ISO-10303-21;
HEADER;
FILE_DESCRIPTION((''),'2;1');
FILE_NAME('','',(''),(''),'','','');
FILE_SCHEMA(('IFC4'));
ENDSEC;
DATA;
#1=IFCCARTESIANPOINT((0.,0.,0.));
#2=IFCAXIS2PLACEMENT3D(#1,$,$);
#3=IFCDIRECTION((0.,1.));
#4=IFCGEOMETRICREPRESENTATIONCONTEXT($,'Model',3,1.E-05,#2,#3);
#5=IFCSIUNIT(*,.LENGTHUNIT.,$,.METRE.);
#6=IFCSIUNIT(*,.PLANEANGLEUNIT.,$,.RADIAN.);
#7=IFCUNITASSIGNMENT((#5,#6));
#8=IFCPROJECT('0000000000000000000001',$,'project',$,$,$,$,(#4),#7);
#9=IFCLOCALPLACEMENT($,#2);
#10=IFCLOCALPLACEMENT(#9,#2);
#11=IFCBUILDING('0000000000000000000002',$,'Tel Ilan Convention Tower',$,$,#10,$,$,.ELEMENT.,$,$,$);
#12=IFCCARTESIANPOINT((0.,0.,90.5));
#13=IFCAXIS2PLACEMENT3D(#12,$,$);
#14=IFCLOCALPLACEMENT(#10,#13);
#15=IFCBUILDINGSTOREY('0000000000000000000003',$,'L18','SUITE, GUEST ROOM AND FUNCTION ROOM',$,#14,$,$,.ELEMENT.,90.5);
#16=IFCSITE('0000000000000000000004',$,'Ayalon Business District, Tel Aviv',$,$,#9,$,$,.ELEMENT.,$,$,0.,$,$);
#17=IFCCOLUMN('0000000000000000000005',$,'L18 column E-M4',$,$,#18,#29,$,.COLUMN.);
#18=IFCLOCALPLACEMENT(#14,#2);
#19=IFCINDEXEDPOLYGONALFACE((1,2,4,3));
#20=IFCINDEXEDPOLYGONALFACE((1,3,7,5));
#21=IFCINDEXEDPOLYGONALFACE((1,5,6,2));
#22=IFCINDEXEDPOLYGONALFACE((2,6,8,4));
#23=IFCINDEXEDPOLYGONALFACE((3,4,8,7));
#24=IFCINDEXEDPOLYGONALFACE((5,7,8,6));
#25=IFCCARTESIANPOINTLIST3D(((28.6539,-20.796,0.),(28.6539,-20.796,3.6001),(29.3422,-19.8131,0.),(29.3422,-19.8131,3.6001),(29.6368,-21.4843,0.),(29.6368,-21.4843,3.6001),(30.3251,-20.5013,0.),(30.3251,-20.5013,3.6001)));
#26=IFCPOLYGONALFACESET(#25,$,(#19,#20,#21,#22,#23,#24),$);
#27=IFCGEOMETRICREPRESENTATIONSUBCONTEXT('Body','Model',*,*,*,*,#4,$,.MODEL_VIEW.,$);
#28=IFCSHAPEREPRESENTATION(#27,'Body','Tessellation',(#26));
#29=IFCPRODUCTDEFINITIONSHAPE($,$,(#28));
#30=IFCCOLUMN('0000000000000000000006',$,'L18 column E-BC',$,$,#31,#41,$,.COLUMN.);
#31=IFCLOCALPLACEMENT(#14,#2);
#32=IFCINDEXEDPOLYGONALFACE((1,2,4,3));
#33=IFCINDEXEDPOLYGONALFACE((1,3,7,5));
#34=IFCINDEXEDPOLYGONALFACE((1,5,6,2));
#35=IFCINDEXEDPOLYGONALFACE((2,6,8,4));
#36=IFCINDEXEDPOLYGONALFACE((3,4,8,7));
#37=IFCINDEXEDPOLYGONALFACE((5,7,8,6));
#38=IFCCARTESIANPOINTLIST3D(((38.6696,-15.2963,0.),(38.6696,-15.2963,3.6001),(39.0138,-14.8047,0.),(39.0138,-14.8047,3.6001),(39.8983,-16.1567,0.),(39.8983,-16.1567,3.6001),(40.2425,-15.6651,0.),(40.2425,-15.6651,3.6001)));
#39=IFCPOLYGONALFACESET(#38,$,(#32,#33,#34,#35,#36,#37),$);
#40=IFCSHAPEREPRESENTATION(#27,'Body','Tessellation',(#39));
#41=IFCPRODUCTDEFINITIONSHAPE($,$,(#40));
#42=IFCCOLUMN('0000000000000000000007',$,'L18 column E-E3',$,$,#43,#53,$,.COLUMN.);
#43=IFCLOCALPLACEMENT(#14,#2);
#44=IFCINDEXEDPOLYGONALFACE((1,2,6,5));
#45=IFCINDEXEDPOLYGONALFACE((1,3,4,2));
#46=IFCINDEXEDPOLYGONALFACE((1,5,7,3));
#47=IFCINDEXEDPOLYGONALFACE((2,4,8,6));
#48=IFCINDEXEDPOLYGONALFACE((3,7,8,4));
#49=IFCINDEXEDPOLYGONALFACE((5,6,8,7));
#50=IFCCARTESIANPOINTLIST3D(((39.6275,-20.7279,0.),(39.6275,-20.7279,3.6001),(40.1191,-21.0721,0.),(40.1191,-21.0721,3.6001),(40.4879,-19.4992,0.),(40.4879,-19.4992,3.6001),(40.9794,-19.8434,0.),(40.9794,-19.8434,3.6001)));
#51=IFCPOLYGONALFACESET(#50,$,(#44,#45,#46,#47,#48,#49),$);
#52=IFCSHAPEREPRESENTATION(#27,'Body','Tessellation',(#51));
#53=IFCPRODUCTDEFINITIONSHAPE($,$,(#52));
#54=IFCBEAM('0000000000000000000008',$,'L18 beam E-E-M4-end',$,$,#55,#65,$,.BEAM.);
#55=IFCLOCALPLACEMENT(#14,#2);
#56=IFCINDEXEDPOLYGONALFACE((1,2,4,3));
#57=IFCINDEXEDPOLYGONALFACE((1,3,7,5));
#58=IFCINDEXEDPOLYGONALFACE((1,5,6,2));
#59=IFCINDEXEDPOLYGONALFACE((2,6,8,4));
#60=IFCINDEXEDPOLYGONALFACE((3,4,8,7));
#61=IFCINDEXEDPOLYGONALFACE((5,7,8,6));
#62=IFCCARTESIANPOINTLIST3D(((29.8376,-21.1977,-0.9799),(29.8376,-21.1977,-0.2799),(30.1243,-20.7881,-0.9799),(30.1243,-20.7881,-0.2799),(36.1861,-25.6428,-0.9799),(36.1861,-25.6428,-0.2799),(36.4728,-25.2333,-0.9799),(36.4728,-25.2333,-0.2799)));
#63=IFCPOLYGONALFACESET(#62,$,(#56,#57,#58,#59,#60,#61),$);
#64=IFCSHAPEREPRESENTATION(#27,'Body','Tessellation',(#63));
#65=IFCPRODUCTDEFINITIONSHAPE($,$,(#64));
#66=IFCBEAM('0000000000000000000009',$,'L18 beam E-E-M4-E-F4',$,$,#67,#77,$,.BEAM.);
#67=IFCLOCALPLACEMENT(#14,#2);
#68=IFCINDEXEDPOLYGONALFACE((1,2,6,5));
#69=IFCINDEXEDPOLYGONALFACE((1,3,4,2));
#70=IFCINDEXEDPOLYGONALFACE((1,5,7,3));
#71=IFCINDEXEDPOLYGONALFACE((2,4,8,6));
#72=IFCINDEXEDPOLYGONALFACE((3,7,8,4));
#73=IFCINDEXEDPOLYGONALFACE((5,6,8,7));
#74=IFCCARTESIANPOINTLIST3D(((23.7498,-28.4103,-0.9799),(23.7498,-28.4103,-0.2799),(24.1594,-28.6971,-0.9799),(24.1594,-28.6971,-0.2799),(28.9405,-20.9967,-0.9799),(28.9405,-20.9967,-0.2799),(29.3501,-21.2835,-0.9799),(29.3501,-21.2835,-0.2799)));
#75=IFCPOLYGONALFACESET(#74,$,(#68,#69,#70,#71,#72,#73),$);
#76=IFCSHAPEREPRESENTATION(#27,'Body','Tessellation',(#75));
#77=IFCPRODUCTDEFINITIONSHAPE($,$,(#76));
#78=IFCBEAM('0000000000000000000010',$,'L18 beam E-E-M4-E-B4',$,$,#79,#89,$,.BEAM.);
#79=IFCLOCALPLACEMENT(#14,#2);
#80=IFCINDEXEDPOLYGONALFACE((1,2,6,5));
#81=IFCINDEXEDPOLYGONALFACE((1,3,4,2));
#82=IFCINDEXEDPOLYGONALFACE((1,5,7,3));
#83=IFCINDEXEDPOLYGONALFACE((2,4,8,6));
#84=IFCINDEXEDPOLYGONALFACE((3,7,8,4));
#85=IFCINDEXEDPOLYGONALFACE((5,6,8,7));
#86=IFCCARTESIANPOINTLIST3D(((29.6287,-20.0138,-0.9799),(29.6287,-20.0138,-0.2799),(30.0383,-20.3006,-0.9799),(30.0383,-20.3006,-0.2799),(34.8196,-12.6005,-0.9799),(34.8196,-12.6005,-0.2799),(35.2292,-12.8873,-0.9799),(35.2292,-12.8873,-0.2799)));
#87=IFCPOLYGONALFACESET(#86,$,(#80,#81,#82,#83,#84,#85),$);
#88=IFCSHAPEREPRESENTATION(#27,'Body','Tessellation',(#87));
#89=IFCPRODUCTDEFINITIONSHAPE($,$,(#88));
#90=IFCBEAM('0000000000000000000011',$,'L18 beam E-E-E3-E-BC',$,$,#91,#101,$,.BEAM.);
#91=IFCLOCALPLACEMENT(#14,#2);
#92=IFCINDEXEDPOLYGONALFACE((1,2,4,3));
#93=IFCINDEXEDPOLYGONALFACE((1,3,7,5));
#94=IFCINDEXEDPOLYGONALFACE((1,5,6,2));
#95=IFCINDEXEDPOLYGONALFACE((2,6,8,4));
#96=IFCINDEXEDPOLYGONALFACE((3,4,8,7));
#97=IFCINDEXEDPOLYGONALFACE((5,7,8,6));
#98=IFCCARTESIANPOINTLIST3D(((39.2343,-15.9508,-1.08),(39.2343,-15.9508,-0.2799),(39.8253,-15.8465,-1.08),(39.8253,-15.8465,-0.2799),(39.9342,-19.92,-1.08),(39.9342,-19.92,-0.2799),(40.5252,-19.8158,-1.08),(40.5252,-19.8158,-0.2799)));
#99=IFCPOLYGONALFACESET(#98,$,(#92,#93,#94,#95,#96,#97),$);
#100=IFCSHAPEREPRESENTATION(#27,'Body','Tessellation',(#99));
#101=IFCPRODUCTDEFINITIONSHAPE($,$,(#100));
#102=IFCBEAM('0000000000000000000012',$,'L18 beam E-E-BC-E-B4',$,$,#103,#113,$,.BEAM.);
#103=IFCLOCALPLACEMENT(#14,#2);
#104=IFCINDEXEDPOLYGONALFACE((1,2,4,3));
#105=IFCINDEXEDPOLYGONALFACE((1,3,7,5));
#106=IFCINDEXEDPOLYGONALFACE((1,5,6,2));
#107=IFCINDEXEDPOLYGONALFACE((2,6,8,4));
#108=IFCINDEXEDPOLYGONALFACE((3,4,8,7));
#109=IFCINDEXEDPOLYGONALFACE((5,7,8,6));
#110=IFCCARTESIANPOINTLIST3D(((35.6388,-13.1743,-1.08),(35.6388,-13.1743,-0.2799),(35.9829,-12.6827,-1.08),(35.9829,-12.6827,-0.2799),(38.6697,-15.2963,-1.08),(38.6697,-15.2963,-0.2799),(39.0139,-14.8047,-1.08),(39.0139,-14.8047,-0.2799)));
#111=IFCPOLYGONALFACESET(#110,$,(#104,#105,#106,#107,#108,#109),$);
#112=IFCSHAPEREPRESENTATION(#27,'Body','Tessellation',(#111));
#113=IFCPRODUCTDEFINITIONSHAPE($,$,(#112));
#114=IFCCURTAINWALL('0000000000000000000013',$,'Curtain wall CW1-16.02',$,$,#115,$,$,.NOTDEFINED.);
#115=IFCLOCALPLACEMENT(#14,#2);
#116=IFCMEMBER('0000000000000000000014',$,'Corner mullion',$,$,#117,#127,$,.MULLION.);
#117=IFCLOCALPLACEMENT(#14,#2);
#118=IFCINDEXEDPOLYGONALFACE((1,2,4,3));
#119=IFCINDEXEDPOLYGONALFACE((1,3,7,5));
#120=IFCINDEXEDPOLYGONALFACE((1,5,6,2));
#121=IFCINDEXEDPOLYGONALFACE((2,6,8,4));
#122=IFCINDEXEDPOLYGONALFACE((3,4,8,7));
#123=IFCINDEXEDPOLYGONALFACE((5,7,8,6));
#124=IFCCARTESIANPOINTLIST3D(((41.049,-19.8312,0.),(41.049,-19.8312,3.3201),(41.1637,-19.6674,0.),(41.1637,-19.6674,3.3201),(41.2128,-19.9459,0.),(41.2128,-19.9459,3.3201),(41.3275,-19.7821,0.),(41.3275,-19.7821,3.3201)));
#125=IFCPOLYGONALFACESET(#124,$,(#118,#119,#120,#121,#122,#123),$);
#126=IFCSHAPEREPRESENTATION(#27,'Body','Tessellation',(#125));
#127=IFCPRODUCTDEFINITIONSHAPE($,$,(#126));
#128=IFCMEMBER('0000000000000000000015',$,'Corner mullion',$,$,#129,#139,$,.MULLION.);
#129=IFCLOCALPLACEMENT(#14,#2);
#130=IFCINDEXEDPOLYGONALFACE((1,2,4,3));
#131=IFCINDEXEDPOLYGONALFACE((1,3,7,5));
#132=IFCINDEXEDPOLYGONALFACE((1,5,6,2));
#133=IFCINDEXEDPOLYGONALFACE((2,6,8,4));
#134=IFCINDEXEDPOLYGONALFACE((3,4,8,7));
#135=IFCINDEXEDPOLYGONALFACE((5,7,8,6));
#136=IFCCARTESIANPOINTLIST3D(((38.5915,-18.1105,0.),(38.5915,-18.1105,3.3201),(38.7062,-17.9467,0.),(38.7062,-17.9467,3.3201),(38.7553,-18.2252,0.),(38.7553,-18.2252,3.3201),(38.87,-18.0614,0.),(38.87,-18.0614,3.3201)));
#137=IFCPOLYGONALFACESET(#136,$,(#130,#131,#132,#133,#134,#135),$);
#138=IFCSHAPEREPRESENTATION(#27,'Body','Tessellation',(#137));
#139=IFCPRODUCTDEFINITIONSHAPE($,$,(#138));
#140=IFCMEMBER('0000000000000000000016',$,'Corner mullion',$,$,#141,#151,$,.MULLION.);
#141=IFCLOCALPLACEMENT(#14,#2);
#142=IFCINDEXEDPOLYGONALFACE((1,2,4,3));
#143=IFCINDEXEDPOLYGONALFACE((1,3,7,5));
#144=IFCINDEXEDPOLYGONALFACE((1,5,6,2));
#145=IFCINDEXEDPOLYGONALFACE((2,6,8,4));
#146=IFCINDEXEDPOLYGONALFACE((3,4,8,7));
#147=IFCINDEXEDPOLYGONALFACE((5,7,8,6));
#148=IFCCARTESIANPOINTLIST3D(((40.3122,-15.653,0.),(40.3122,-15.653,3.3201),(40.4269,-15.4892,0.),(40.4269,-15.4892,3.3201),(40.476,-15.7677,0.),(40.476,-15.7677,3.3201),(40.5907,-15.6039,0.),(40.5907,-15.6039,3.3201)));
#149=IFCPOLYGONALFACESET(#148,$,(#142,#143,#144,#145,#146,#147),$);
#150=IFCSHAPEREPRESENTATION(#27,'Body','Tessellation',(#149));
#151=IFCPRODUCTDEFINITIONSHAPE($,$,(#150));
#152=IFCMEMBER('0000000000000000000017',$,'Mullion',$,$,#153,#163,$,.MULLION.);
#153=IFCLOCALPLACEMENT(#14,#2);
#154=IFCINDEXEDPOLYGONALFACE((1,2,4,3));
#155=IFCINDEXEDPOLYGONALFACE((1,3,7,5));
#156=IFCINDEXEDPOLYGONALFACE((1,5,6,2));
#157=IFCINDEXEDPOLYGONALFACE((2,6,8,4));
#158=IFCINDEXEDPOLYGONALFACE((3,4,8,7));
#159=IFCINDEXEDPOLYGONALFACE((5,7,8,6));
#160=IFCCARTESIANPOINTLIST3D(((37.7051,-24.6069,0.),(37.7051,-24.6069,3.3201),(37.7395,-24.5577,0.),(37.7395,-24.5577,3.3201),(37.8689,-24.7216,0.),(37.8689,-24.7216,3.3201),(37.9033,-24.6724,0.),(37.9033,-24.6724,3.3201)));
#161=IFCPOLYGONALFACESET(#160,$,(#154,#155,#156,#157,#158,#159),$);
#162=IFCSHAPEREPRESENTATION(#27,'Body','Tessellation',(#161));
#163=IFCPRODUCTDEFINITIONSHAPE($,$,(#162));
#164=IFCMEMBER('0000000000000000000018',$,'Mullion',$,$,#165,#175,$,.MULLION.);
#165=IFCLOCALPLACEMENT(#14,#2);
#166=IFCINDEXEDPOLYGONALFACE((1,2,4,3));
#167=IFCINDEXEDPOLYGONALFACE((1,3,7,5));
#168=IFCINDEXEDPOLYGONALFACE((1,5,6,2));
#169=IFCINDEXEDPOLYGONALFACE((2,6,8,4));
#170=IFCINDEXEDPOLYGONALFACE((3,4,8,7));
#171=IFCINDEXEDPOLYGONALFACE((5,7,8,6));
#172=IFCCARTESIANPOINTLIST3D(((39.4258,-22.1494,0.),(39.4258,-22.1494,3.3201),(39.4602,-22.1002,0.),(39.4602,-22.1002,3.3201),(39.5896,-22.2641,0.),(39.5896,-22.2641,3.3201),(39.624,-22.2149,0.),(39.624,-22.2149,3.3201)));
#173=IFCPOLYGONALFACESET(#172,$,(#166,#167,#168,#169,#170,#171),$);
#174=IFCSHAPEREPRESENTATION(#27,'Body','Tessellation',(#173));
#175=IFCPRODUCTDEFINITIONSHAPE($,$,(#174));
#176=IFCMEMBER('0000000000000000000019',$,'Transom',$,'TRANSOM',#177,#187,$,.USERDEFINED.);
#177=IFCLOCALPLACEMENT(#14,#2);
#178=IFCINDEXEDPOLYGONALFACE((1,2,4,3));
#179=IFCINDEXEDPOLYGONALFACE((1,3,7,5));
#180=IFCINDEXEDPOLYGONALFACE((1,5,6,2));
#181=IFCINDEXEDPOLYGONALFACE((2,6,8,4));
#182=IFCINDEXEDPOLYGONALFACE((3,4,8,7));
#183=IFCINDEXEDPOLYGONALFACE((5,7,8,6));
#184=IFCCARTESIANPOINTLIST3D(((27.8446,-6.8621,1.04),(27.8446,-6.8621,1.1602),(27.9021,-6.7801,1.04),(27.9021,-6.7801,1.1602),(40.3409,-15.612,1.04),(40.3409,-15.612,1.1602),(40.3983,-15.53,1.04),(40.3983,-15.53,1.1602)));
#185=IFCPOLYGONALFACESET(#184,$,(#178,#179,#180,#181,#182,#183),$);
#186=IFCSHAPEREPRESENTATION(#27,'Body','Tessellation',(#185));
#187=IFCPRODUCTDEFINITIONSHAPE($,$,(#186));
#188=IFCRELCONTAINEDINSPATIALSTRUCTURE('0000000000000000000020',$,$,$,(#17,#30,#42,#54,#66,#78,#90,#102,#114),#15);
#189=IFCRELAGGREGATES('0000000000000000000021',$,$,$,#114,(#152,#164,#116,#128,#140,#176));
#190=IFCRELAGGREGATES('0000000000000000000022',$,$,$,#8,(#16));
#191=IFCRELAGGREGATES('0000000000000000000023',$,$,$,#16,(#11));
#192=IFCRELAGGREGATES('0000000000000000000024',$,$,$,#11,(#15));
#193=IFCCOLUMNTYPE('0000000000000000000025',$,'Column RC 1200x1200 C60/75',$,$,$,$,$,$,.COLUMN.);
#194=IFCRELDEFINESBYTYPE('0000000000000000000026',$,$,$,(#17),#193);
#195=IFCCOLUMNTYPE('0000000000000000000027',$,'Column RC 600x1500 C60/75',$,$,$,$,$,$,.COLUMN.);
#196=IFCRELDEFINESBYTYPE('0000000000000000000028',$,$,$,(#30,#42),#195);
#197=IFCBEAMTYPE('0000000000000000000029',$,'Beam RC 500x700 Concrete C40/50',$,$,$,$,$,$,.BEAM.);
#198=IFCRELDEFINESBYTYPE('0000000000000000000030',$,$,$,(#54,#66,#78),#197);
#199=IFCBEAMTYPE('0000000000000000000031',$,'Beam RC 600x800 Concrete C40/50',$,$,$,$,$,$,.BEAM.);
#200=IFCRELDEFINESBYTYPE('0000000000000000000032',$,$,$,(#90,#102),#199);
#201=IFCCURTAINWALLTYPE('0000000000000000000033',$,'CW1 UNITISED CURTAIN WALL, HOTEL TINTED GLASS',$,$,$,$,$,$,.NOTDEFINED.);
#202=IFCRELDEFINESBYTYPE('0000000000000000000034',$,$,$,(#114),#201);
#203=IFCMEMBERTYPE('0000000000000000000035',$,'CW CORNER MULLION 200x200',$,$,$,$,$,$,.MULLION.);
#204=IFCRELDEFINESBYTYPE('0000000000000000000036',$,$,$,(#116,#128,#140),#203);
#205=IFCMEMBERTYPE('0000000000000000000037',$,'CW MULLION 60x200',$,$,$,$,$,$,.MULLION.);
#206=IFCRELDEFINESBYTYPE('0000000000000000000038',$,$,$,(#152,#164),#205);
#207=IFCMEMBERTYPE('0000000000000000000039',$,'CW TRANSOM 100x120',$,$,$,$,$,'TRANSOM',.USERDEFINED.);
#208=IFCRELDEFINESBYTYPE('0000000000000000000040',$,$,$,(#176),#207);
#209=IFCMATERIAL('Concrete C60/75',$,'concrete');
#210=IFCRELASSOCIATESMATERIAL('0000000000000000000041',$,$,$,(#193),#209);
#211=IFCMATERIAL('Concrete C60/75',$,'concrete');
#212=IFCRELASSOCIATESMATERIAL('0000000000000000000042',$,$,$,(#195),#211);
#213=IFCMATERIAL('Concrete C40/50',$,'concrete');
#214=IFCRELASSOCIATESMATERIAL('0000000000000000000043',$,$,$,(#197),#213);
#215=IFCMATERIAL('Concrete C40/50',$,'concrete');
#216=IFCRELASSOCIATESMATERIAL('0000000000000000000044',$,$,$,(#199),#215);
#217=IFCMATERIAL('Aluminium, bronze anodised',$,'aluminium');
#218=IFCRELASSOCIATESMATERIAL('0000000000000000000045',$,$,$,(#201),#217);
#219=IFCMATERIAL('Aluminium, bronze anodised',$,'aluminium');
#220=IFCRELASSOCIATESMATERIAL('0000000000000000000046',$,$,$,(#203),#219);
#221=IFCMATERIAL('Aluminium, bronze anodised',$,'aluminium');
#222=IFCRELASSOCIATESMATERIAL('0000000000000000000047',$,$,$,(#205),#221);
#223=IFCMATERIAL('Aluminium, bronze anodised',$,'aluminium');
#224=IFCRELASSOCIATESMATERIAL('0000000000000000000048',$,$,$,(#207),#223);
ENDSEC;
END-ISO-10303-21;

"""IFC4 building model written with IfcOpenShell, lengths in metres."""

from ifc_helpers import new_model, si_unit, direction, frame, origin, origin_2d, place, context, subcontext, project, spatial, rectangle, extrude, material, material_profile, profile_set, type_object, element, aggregate, save


model = new_model("IFC4")

# Units and contexts
model_context = context("Model", 3, precision=1e-05, world=origin(), true_north=direction((0.0, 1.0)))
body_context = subcontext(model_context, "Body", "Model", "MODEL_VIEW")
ifc_project = project(units=[si_unit("LENGTHUNIT", "METRE"), si_unit("PLANEANGLEUNIT", "RADIAN")], contexts=[model_context])

# Site, building, storey
site_placement = place(None, origin())
site = spatial("IfcSite", under=ifc_project, at=site_placement, Name="Ayalon Business District, Tel Aviv", CompositionType="ELEMENT", RefElevation=0.0)
building_placement = place(site_placement, origin())
building = spatial("IfcBuilding", under=site, at=building_placement, Name="Tel Ilan Convention Tower", CompositionType="ELEMENT")
storey_placement = place(building_placement, frame((0.0, 0.0, 90.5)))
storey = spatial("IfcBuildingStorey", under=building, at=storey_placement, Name="L18", Description="SUITE, GUEST ROOM AND FUNCTION ROOM", CompositionType="ELEMENT", Elevation=90.5)

# Columns
ifc_material_1 = material(Name="Concrete C60/75", Category="concrete")
ifc_material_profile_1 = material_profile(ifc_material_1, rectangle(XDim=1.2, YDim=1.2, at=origin_2d()), Name="RC 1200x1200")
ifc_profile_set_1 = profile_set([ifc_material_profile_1], Name="Concrete C60/75")
column_type_1 = type_object("IfcColumnType", Name="Column RC 1200x1200 C60/75", PredefinedType="COLUMN", material=ifc_profile_set_1)
column_placement = place(storey_placement, frame((29.4895, -20.6487, 0.0), z_axis=(0.0, 0.0, 1.0), x_axis=(0.819152, -0.573576, 0.0)))
element("IfcColumn", 1, at=column_placement, inside=storey, type_object=column_type_1, Name="L18 column E-M4", PredefinedType="COLUMN", context=body_context, shape_type="SweptSolid", body=[
    extrude(rectangle(XDim=1.2, YDim=1.2, at=origin_2d()), origin(), (0.0, 0.0, 1.0), 3.6001),
])
ifc_material_2 = material(Name="Concrete C60/75", Category="concrete")
ifc_material_profile_2 = material_profile(ifc_material_2, rectangle(XDim=1.5, YDim=0.6001, at=origin_2d()), Name="RC 600x1500")
ifc_profile_set_2 = profile_set([ifc_material_profile_2], Name="Concrete C60/75")
column_type_2 = type_object("IfcColumnType", Name="Column RC 600x1500 C60/75", PredefinedType="COLUMN", material=ifc_profile_set_2)
for number, where, z_axis, x_axis, name in (
    (2, (39.4561, -15.4807, 0.0), (0.0, 0.0, 1.0), (0.819152, -0.573576, 0.0), "L18 column E-BC"),
    (3, (40.3035, -20.2856, 0.0), (0.0, 0.0, 1.0), (0.573576, 0.819152, 0.0), "L18 column E-E3"),
):
    element("IfcColumn", number, at=place(storey_placement, frame(where, z_axis=z_axis, x_axis=x_axis)), inside=storey, type_object=column_type_2, Name=name, PredefinedType="COLUMN", context=body_context, shape_type="SweptSolid", body=[
        extrude(rectangle(XDim=1.5, YDim=0.6001, at=origin_2d()), origin(), (0.0, 0.0, 1.0), 3.6001),
    ])

# Beams
ifc_material_3 = material(Name="Concrete C40/50", Category="concrete")
ifc_material_profile_3 = material_profile(ifc_material_3, rectangle(XDim=0.5, YDim=0.7, at=origin_2d()), Name="RC 500x700")
ifc_profile_set_3 = profile_set([ifc_material_profile_3], Name="Concrete C40/50")
beam_type_1 = type_object("IfcBeamType", Name="Beam RC 500x700 Concrete C40/50", PredefinedType="BEAM", material=ifc_profile_set_3)
beam_1_placement = place(storey_placement, frame((29.981, -20.9929, -0.6299), z_axis=(0.819159, -0.573566, 0.0), x_axis=(0.573566, 0.819159, 0.0)))
element("IfcBeam", 4, at=beam_1_placement, inside=storey, type_object=beam_type_1, Name="L18 beam E-E-M4-end", PredefinedType="BEAM", context=body_context, shape_type="SweptSolid", body=[
    extrude(rectangle(XDim=0.5, YDim=0.7, at=origin_2d()), origin(), (0.0, 0.0, 1.0), 7.75),
])
for number, where, z_axis, x_axis, name in (
    (5, (29.1453, -21.1401, -0.6299), (-0.573549, -0.819171, 0.0), (0.819171, -0.573549, 0.0), "L18 beam E-E-M4-E-F4"),
    (6, (29.8335, -20.1572, -0.6299), (0.57358, 0.81915, 0.0), (-0.81915, 0.57358, 0.0), "L18 beam E-E-M4-E-B4"),
):
    element("IfcBeam", number, at=place(storey_placement, frame(where, z_axis=z_axis, x_axis=x_axis)), inside=storey, type_object=beam_type_1, Name=name, PredefinedType="BEAM", context=body_context, shape_type="SweptSolid", body=[
        extrude(rectangle(XDim=0.5, YDim=0.7, at=origin_2d()), origin(), (0.0, 0.0, 1.0), 9.05),
    ])
ifc_material_4 = material(Name="Concrete C40/50", Category="concrete")
ifc_material_profile_4 = material_profile(ifc_material_4, rectangle(XDim=0.6001, YDim=0.8, at=origin_2d()), Name="RC 600x800")
ifc_profile_set_4 = profile_set([ifc_material_profile_4], Name="Concrete C40/50")
beam_type_2 = type_object("IfcBeamType", Name="Beam RC 600x800 Concrete C40/50", PredefinedType="BEAM", material=ifc_profile_set_4)
beam_2_placement = place(storey_placement, frame((40.2297, -19.8679, -0.6799), z_axis=(-0.173664, 0.984805, 0.0), x_axis=(-0.984805, -0.173664, 0.0)))
element("IfcBeam", 7, at=beam_2_placement, inside=storey, type_object=beam_type_2, Name="L18 beam E-E-E3-E-BC", PredefinedType="BEAM", context=body_context, shape_type="SweptSolid", body=[
    extrude(rectangle(XDim=0.6001, YDim=0.8, at=origin_2d()), origin(), (0.0, 0.0, 1.0), 4.0305),
])
beam_3_placement = place(storey_placement, frame((38.8418, -15.0505, -0.6799), z_axis=(-0.819185, 0.573529, 0.0), x_axis=(-0.573529, -0.819185, 0.0)))
element("IfcBeam", 8, at=beam_3_placement, inside=storey, type_object=beam_type_2, Name="L18 beam E-E-BC-E-B4", PredefinedType="BEAM", context=body_context, shape_type="SweptSolid", body=[
    extrude(rectangle(XDim=0.6001, YDim=0.8, at=origin_2d()), origin(), (0.0, 0.0, 1.0), 3.7),
])

# Curtain wall, members
ifc_material_5 = material(Name="Aluminium, bronze anodised", Category="aluminium")
curtain_wall_type = type_object("IfcCurtainWallType", Name="CW1 UNITISED CURTAIN WALL, HOTEL TINTED GLASS", PredefinedType="NOTDEFINED", material=ifc_material_5)
curtain_wall_placement = place(storey_placement, origin())
curtain_wall = element("IfcCurtainWall", 9, at=curtain_wall_placement, inside=storey, type_object=curtain_wall_type, Name="Curtain wall CW1-16.02", PredefinedType="NOTDEFINED")
ifc_material_6 = material(Name="Aluminium, bronze anodised", Category="aluminium")
ifc_material_profile_5 = material_profile(ifc_material_6, rectangle(XDim=0.2, YDim=0.2, at=origin_2d()), Name="CW CORNER MULLION 200x200")
ifc_profile_set_5 = profile_set([ifc_material_profile_5], Name="Aluminium, bronze anodised")
member_type_1 = type_object("IfcMemberType", Name="CW CORNER MULLION 200x200", PredefinedType="MULLION", material=ifc_profile_set_5)
member_1_placement = place(storey_placement, frame((41.1882, -19.8066, 0.0), z_axis=(0.0, 0.0, 1.0), x_axis=(0.573576, 0.819152, 0.0)))
member_1 = element("IfcMember", 10, at=member_1_placement, type_object=member_type_1, Name="Corner mullion", PredefinedType="MULLION", context=body_context, shape_type="SweptSolid", body=[
    extrude(rectangle(XDim=0.2, YDim=0.2, at=origin_2d()), origin(), (0.0, 0.0, 1.0), 3.3201),
])
member_2_placement = place(storey_placement, frame((38.7307, -18.0859, 0.0), z_axis=(0.0, 0.0, 1.0), x_axis=(-0.819152, 0.573576, 0.0)))
member_2 = element("IfcMember", 11, at=member_2_placement, type_object=member_type_1, Name="Corner mullion", PredefinedType="MULLION", context=body_context, shape_type="SweptSolid", body=[
    extrude(rectangle(XDim=0.2, YDim=0.2, at=origin_2d()), origin(), (0.0, 0.0, 1.0), 3.3201),
])
member_3_placement = place(storey_placement, frame((40.4514, -15.6284, 0.0), z_axis=(0.0, 0.0, 1.0), x_axis=(0.573576, 0.819152, 0.0)))
member_3 = element("IfcMember", 12, at=member_3_placement, type_object=member_type_1, Name="Corner mullion", PredefinedType="MULLION", context=body_context, shape_type="SweptSolid", body=[
    extrude(rectangle(XDim=0.2, YDim=0.2, at=origin_2d()), origin(), (0.0, 0.0, 1.0), 3.3201),
])
ifc_material_7 = material(Name="Aluminium, bronze anodised", Category="aluminium")
ifc_material_profile_6 = material_profile(ifc_material_7, rectangle(XDim=0.0601, YDim=0.2, at=origin_2d()), Name="CW MULLION 60x200")
ifc_profile_set_6 = profile_set([ifc_material_profile_6], Name="Aluminium, bronze anodised")
member_type_2 = type_object("IfcMemberType", Name="CW MULLION 60x200", PredefinedType="MULLION", material=ifc_profile_set_6)
member_4_placement = place(storey_placement, frame((37.8042, -24.6396, 0.0), z_axis=(0.0, 0.0, 1.0), x_axis=(0.573576, 0.819152, 0.0)))
member_4 = element("IfcMember", 13, at=member_4_placement, type_object=member_type_2, Name="Mullion", PredefinedType="MULLION", context=body_context, shape_type="SweptSolid", body=[
    extrude(rectangle(XDim=0.0601, YDim=0.2, at=origin_2d()), origin(), (0.0, 0.0, 1.0), 3.3201),
])
member_5_placement = place(storey_placement, frame((39.5249, -22.1821, 0.0), z_axis=(0.0, 0.0, 1.0), x_axis=(0.573576, 0.819152, 0.0)))
member_5 = element("IfcMember", 14, at=member_5_placement, type_object=member_type_2, Name="Mullion", PredefinedType="MULLION", context=body_context, shape_type="SweptSolid", body=[
    extrude(rectangle(XDim=0.0601, YDim=0.2, at=origin_2d()), origin(), (0.0, 0.0, 1.0), 3.3201),
])
ifc_material_8 = material(Name="Aluminium, bronze anodised", Category="aluminium")
ifc_material_profile_7 = material_profile(ifc_material_8, rectangle(XDim=0.1001, YDim=0.1201, at=origin_2d()), Name="CW TRANSOM 100x120")
ifc_profile_set_7 = profile_set([ifc_material_profile_7], Name="Aluminium, bronze anodised")
member_type_3 = type_object("IfcMemberType", Name="CW TRANSOM 100x120", ElementType="TRANSOM", PredefinedType="USERDEFINED", material=ifc_profile_set_7)
member_6_placement = place(storey_placement, frame((40.3696, -15.571, 1.1001), z_axis=(-0.819153, 0.573575, 0.0), x_axis=(-0.573575, -0.819153, 0.0)))
member_6 = element("IfcMember", 15, at=member_6_placement, type_object=member_type_3, Name="Transom", ObjectType="TRANSOM", PredefinedType="USERDEFINED", context=body_context, shape_type="SweptSolid", body=[
    extrude(rectangle(XDim=0.1001, YDim=0.1201, at=origin_2d()), origin(), (0.0, 0.0, 1.0), 15.2551),
])
aggregate(curtain_wall, [member_4, member_5, member_1, member_2, member_3, member_6])

save(model, "model.ifc")
